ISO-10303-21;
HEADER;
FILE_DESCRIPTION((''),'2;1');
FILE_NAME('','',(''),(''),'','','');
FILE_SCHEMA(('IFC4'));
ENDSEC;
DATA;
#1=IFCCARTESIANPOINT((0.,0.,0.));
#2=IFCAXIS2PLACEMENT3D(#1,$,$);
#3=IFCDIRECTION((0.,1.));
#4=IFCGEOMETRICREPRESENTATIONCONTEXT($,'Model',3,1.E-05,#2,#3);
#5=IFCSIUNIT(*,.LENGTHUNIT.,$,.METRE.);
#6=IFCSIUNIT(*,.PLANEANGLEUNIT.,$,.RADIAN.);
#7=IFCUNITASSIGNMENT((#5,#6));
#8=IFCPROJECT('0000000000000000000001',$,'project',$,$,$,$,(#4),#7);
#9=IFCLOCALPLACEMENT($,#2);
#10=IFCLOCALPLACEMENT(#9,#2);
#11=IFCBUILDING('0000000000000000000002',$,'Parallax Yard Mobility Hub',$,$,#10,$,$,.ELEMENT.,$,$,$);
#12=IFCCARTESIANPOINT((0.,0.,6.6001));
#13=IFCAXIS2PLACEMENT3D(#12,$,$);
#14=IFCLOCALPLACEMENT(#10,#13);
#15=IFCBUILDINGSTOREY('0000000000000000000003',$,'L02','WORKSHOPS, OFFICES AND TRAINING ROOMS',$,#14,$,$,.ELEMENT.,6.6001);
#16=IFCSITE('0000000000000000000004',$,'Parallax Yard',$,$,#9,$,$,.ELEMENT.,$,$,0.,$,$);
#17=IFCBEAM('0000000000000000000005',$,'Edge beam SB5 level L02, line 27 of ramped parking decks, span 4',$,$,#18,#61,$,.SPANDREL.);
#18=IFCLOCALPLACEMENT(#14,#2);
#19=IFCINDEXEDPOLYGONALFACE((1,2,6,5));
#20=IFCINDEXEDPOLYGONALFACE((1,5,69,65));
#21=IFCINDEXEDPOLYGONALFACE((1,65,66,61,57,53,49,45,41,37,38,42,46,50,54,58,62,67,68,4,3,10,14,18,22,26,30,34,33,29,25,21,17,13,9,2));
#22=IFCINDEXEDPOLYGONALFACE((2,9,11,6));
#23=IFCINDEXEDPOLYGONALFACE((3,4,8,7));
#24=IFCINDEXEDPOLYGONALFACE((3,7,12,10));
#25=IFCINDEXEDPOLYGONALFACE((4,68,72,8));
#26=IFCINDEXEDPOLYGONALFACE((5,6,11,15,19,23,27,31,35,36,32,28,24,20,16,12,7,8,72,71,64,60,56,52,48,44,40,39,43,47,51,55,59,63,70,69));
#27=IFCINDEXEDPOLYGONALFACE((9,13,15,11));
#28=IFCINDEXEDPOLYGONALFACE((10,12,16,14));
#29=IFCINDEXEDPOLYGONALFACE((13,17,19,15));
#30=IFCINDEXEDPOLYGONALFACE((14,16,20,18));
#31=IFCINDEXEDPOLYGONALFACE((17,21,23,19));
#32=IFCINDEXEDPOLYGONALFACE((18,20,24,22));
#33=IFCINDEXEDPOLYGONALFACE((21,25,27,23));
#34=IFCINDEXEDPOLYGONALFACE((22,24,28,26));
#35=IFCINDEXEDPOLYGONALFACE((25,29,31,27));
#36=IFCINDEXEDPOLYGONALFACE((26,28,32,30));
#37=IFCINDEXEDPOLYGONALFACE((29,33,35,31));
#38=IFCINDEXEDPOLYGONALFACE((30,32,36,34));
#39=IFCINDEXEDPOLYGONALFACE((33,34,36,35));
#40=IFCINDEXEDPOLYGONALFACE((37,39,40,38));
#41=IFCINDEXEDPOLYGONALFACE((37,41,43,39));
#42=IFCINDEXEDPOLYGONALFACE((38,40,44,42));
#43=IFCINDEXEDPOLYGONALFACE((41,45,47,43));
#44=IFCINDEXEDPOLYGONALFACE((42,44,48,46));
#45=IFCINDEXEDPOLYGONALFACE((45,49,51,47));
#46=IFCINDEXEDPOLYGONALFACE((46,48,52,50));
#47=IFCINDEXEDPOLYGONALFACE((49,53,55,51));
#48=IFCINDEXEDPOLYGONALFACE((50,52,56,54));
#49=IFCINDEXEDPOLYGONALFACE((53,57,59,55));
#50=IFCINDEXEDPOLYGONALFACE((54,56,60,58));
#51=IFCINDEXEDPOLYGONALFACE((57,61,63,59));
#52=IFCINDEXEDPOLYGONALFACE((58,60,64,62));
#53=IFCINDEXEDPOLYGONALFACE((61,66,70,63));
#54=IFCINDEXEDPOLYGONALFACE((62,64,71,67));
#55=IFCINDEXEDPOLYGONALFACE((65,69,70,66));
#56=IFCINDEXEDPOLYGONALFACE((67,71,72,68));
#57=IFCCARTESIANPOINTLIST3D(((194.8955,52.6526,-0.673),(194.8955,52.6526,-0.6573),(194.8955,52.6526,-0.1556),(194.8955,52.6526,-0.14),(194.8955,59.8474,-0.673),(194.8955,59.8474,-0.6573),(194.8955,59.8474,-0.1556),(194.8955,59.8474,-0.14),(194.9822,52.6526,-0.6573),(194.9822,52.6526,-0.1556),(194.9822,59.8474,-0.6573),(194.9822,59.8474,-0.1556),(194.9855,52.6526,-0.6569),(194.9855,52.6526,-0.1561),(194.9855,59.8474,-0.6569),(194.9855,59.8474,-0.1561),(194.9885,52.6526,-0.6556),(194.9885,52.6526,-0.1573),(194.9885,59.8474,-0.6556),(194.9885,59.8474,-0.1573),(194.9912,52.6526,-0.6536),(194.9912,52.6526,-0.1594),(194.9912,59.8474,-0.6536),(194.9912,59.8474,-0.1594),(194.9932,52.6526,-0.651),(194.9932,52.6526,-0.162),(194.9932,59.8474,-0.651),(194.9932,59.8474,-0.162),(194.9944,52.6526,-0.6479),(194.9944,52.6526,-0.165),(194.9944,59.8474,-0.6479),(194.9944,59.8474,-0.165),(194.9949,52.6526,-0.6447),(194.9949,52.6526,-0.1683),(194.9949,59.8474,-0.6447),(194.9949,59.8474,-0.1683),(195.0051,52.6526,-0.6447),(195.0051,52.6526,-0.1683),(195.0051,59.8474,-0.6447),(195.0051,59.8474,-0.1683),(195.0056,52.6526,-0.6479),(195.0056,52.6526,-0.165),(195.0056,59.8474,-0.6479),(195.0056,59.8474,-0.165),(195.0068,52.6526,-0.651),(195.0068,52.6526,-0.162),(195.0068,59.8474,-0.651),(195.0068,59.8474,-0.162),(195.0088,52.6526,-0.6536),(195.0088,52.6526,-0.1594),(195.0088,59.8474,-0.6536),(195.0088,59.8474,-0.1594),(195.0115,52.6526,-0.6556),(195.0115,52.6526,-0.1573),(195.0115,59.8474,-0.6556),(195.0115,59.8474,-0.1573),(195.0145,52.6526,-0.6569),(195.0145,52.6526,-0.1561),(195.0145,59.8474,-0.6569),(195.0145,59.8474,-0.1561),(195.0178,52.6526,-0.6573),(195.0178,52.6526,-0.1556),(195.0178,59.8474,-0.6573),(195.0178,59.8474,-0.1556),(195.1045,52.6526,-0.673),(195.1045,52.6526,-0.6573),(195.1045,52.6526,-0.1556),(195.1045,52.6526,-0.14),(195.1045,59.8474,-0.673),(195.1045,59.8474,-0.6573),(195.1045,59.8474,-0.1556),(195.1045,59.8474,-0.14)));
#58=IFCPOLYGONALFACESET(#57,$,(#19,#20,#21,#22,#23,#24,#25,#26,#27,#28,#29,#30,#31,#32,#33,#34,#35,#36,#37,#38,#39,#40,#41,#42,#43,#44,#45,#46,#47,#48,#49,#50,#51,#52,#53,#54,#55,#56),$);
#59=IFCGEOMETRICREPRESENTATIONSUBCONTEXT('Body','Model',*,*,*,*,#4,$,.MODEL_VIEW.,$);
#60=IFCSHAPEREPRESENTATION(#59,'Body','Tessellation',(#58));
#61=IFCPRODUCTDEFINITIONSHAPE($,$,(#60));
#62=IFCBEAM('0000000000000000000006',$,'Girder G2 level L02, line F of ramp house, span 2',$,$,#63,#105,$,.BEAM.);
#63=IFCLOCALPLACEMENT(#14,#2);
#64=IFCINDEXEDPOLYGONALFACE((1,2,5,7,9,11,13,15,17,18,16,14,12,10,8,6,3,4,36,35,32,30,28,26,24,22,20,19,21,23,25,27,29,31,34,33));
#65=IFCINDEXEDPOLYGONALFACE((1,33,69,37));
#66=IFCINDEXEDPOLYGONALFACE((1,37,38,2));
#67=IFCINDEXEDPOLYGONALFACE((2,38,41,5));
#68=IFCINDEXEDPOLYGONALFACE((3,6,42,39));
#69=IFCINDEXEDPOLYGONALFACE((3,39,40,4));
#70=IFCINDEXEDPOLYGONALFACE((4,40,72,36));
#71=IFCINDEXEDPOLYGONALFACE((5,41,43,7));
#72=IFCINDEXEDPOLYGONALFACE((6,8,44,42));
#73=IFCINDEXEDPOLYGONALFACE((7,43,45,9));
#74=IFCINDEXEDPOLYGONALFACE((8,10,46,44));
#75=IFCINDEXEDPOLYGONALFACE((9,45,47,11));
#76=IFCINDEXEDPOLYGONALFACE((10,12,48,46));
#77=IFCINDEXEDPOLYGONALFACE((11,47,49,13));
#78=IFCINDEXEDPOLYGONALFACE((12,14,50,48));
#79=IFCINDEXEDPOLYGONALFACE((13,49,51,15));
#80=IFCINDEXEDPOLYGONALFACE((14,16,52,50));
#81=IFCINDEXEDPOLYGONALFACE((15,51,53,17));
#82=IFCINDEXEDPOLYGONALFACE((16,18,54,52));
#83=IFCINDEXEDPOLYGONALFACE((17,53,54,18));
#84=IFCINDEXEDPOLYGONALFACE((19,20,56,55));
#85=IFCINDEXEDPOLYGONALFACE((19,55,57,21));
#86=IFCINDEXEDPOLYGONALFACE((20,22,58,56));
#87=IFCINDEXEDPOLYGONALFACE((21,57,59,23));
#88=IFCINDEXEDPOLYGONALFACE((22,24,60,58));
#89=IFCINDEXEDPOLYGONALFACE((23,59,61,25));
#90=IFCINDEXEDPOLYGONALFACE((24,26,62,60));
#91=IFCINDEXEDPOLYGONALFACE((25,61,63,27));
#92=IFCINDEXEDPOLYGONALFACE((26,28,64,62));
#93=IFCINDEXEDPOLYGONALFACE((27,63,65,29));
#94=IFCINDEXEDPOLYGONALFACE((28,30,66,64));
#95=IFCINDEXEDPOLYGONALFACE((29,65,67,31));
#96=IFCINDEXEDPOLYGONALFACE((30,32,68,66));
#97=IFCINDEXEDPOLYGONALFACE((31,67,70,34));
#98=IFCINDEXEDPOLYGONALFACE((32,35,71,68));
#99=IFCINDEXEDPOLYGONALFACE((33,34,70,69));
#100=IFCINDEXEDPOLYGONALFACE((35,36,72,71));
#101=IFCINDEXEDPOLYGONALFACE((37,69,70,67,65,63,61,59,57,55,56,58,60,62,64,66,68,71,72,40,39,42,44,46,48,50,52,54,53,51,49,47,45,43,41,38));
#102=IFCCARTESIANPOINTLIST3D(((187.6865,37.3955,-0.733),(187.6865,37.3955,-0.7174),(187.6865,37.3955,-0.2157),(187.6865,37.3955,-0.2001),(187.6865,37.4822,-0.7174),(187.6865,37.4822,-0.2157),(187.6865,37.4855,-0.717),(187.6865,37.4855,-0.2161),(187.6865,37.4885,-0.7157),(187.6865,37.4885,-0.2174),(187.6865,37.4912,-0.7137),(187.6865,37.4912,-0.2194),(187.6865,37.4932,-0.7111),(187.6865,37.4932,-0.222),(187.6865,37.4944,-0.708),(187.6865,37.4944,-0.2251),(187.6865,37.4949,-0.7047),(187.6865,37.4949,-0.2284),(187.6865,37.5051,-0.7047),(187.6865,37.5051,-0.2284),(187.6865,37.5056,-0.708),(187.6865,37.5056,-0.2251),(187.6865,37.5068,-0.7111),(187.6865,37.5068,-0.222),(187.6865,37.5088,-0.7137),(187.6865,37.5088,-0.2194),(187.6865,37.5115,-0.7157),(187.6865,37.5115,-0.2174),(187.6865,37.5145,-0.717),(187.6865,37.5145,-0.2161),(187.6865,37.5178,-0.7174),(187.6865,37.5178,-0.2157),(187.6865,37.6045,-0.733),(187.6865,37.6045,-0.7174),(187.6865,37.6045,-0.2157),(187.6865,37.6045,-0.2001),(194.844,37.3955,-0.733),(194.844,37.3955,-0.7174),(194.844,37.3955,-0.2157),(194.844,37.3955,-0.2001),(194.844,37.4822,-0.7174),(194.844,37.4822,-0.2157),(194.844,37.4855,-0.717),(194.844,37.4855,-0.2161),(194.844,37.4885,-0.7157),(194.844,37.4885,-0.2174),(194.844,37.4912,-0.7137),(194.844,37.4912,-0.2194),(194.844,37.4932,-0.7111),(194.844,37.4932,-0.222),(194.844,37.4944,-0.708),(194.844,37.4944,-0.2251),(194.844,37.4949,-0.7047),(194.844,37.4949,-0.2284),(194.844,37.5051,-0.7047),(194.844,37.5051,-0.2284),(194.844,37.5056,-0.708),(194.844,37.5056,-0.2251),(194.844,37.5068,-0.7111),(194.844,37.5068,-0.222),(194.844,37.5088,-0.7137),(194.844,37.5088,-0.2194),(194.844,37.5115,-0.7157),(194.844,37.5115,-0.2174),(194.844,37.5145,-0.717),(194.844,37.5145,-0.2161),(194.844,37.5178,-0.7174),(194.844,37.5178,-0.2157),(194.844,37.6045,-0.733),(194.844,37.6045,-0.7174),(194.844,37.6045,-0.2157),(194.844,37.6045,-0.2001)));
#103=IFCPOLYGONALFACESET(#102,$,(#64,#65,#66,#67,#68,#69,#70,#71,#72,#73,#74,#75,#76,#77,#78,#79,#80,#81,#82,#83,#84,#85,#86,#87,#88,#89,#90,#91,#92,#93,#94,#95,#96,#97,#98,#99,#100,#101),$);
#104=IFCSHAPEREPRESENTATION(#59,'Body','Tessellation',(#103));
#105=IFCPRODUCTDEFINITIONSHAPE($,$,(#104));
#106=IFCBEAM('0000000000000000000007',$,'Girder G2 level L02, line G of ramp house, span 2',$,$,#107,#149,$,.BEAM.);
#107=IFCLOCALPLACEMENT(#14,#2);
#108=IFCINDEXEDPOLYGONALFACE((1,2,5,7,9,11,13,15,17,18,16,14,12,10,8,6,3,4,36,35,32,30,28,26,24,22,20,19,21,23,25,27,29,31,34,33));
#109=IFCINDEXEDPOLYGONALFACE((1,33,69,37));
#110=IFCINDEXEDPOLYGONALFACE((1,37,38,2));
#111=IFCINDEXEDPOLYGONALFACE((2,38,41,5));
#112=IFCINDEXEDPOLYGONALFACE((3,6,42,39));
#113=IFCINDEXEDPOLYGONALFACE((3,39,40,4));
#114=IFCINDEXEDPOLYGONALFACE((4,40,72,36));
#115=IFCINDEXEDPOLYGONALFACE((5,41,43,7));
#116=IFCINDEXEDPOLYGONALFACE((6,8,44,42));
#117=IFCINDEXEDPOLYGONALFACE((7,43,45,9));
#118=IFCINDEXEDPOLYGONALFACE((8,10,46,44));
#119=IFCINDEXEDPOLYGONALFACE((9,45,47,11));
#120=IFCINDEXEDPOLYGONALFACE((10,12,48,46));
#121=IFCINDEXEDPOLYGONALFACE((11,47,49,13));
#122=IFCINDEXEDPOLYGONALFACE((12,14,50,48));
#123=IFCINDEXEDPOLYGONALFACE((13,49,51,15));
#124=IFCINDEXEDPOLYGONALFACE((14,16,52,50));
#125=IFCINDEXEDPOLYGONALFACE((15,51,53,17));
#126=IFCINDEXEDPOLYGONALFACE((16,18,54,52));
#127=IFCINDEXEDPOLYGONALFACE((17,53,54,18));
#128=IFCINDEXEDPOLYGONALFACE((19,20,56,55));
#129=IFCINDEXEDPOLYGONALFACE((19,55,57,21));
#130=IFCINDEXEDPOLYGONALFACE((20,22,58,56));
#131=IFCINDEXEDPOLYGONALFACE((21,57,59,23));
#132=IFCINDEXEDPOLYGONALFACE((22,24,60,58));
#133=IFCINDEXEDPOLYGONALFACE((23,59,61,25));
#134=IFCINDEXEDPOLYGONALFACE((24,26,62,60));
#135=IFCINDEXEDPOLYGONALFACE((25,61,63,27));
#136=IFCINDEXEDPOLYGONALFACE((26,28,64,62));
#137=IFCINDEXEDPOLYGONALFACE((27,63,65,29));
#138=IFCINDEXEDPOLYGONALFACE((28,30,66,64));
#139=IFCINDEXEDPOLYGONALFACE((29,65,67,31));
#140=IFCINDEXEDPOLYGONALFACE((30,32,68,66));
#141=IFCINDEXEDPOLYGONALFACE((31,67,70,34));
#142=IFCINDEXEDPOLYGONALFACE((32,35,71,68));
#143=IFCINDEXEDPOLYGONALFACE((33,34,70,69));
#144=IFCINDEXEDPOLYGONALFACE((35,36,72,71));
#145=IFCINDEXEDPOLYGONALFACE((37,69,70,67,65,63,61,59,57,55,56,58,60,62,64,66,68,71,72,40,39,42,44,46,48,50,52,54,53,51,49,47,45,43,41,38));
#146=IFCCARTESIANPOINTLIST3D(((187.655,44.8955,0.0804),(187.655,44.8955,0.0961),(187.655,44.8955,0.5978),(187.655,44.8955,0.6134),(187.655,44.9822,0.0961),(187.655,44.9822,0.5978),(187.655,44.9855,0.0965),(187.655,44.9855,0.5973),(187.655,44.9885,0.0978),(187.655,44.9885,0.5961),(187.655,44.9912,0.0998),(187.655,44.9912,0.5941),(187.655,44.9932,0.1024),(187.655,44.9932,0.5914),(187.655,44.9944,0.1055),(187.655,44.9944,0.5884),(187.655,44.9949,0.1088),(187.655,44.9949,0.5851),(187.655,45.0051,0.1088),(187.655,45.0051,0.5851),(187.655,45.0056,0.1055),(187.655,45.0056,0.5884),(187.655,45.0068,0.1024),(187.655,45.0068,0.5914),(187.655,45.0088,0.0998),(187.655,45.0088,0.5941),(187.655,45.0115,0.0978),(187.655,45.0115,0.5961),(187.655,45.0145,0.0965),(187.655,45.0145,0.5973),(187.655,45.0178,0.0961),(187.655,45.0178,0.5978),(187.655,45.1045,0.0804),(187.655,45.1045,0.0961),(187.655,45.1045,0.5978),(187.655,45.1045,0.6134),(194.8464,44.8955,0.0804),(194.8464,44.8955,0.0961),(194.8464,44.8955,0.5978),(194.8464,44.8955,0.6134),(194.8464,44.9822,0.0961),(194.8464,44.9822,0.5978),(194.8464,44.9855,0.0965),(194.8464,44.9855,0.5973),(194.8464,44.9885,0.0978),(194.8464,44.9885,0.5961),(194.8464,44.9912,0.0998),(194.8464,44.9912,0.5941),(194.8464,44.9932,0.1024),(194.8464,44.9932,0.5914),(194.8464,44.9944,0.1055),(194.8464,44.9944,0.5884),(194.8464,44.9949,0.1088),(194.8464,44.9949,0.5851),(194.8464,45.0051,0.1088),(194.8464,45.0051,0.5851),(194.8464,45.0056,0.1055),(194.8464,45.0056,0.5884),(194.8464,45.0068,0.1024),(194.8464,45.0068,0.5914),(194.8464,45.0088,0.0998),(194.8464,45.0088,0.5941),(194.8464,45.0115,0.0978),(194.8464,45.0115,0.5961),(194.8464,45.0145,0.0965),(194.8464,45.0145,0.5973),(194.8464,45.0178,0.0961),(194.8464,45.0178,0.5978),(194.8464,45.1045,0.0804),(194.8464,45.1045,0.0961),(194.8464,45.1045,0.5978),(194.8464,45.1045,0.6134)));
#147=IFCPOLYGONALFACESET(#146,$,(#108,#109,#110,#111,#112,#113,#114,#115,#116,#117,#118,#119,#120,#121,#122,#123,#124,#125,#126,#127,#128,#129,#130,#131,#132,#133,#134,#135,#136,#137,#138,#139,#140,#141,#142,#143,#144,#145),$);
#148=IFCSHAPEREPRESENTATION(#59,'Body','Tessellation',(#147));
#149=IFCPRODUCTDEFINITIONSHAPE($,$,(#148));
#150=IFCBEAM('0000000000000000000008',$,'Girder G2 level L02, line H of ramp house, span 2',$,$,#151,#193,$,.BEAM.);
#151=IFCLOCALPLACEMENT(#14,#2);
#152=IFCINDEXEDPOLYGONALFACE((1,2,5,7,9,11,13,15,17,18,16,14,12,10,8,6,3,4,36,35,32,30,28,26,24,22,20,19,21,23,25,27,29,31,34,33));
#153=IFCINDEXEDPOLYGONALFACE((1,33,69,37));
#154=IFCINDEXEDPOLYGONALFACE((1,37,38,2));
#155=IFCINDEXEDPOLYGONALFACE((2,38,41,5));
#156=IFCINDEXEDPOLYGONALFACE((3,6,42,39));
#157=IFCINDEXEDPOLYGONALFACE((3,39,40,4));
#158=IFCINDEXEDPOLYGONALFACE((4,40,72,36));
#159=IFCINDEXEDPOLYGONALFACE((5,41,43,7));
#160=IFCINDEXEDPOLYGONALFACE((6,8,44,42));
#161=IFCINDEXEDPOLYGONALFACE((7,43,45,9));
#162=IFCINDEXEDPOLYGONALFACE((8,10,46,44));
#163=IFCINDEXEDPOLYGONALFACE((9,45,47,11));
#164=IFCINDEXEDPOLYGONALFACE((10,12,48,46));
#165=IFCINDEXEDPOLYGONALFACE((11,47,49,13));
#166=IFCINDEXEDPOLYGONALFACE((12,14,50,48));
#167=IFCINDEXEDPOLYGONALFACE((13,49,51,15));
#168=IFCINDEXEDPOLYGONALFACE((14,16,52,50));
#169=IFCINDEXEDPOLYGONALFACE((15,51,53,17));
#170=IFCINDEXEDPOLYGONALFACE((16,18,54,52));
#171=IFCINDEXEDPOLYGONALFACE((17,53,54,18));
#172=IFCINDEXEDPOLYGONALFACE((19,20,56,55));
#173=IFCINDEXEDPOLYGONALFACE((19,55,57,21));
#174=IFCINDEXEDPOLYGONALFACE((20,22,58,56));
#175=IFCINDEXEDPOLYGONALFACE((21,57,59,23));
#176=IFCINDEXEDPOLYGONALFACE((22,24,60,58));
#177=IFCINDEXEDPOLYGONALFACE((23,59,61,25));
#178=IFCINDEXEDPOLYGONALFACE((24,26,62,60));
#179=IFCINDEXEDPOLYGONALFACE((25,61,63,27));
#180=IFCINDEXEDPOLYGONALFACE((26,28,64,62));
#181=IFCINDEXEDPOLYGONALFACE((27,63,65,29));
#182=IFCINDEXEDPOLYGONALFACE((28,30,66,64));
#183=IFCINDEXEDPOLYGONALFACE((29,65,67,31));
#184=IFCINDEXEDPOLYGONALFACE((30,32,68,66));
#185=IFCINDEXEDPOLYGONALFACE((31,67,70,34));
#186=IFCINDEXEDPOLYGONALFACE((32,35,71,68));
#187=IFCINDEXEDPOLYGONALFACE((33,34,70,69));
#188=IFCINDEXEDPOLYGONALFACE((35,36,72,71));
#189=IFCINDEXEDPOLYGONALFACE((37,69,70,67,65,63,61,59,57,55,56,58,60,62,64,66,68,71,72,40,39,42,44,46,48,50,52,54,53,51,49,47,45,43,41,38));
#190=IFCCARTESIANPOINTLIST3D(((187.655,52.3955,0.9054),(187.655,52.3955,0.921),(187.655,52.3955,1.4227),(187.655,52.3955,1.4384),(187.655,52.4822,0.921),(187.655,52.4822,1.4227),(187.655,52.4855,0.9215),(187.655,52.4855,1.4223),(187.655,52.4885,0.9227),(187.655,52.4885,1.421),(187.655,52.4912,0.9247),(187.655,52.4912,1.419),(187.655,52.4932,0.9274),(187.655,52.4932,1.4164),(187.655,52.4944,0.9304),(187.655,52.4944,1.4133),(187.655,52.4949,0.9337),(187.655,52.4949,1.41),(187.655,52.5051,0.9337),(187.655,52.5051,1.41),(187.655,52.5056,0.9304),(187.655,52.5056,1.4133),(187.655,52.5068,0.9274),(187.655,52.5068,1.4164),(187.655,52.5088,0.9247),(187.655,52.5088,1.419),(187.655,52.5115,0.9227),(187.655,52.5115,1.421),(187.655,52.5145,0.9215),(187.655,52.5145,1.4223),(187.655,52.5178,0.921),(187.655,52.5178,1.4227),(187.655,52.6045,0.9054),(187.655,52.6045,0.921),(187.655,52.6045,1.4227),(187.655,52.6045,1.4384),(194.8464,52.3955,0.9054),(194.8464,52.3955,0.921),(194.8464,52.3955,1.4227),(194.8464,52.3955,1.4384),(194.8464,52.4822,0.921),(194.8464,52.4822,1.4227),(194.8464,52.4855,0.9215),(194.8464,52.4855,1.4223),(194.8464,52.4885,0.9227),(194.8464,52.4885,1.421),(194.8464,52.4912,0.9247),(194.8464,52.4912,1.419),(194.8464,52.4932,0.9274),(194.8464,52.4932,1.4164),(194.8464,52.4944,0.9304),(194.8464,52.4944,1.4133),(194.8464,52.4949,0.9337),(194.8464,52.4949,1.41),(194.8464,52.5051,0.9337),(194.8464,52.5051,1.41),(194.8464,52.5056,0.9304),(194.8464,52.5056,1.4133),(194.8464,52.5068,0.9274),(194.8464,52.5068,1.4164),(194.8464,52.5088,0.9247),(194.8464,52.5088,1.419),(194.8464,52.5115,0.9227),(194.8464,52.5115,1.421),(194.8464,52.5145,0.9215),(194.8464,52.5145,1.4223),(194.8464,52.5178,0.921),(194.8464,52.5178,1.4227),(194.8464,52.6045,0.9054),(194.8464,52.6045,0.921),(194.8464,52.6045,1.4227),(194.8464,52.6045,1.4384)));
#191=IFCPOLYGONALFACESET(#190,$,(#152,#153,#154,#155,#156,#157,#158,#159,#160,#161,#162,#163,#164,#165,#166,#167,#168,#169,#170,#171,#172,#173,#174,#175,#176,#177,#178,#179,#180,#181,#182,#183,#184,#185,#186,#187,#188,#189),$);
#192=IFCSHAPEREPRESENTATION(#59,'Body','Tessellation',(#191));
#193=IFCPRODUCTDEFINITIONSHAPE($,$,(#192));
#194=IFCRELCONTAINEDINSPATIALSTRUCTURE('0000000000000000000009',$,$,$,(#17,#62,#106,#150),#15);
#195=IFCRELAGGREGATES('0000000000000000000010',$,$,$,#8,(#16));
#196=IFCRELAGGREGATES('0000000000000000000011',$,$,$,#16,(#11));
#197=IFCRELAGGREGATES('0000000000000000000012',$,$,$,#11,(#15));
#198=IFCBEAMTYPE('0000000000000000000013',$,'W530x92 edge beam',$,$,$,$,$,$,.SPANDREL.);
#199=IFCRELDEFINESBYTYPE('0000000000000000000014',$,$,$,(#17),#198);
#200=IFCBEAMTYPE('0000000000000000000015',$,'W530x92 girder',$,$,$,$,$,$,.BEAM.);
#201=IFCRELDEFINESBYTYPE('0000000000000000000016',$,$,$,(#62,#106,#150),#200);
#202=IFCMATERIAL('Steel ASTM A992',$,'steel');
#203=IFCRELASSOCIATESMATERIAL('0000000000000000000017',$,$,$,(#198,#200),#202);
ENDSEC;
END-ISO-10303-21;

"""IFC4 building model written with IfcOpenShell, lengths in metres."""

from ifc_helpers import new_model, si_unit, direction, frame, origin, origin_2d, place, context, subcontext, project, spatial, i_section, extrude, material, material_profile, profile_set, type_object, element, save


model = new_model("IFC4")

# Units and contexts
model_context = context("Model", 3, precision=1e-05, world=origin(), true_north=direction((0.0, 1.0)))
body_context = subcontext(model_context, "Body", "Model", "MODEL_VIEW")
ifc_project = project(units=[si_unit("LENGTHUNIT", "METRE"), si_unit("PLANEANGLEUNIT", "RADIAN")], contexts=[model_context])

# Site, building, storey
site_placement = place(None, origin())
site = spatial("IfcSite", under=ifc_project, at=site_placement, Name="Parallax Yard", CompositionType="ELEMENT", RefElevation=0.0)
building_placement = place(site_placement, origin())
building = spatial("IfcBuilding", under=site, at=building_placement, Name="Parallax Yard Mobility Hub", CompositionType="ELEMENT")
storey_placement = place(building_placement, frame((0.0, 0.0, 6.6001)))
storey = spatial("IfcBuildingStorey", under=building, at=storey_placement, Name="L02", Description="WORKSHOPS, OFFICES AND TRAINING ROOMS", CompositionType="ELEMENT", Elevation=6.6001)

# Shared definitions
ifc_material_1 = material(Name="Steel ASTM A992", Category="steel")

# Beams
ifc_material_profile_1 = material_profile(ifc_material_1, i_section(OverallWidth=0.209, OverallDepth=0.533, WebThickness=0.0103, FlangeThickness=0.0156, FilletRadius=0.0127, at=origin_2d()), Name="W530x92")
ifc_profile_set_1 = profile_set([ifc_material_profile_1], Name="Steel ASTM A992")
beam_type_1 = type_object("IfcBeamType", Name="W530x92 edge beam", PredefinedType="SPANDREL", material=ifc_profile_set_1)
for number, where, z_axis, x_axis, name in (
    (1, (195.0, 52.6526, -0.4065), (0.0, 1.0, 0.0), (-1.0, 0.0, 0.0), "Edge beam SB5 level L02, line 27 of ramped parking decks, span 4"),
):
    element("IfcBeam", number, at=place(storey_placement, frame(where, z_axis=z_axis, x_axis=x_axis)), inside=storey, type_object=beam_type_1, Name=name, PredefinedType="SPANDREL", context=body_context, shape_type="SweptSolid", body=[
        extrude(i_section(OverallWidth=0.209, OverallDepth=0.533, WebThickness=0.0103, FlangeThickness=0.0156, FilletRadius=0.0127, at=origin_2d()), origin(), (0.0, 0.0, 1.0), 7.1948),
    ])
ifc_material_profile_2 = material_profile(ifc_material_1, i_section(OverallWidth=0.209, OverallDepth=0.533, WebThickness=0.0103, FlangeThickness=0.0156, FilletRadius=0.0127, at=origin_2d()), Name="W530x92")
ifc_profile_set_2 = profile_set([ifc_material_profile_2], Name="Steel ASTM A992")
beam_type_2 = type_object("IfcBeamType", Name="W530x92 girder", PredefinedType="BEAM", material=ifc_profile_set_2)
beam_placement = place(storey_placement, frame((187.6865, 37.5, -0.4666), z_axis=(1.0, 0.0, 0.0), x_axis=(0.0, 1.0, 0.0)))
element("IfcBeam", 2, at=beam_placement, inside=storey, type_object=beam_type_2, Name="Girder G2 level L02, line F of ramp house, span 2", PredefinedType="BEAM", context=body_context, shape_type="SweptSolid", body=[
    extrude(i_section(OverallWidth=0.209, OverallDepth=0.533, WebThickness=0.0103, FlangeThickness=0.0156, FilletRadius=0.0127, at=origin_2d()), origin(), (0.0, 0.0, 1.0), 7.1575),
])
for number, where, z_axis, x_axis, name in (
    (3, (187.655, 45.0, 0.3469), (1.0, 0.0, 0.0), (0.0, 1.0, 0.0), "Girder G2 level L02, line G of ramp house, span 2"),
    (4, (187.655, 52.5, 1.1719), (1.0, 0.0, 0.0), (0.0, 1.0, 0.0), "Girder G2 level L02, line H of ramp house, span 2"),
):
    element("IfcBeam", number, at=place(storey_placement, frame(where, z_axis=z_axis, x_axis=x_axis)), inside=storey, type_object=beam_type_2, Name=name, PredefinedType="BEAM", context=body_context, shape_type="SweptSolid", body=[
        extrude(i_section(OverallWidth=0.209, OverallDepth=0.533, WebThickness=0.0103, FlangeThickness=0.0156, FilletRadius=0.0127, at=origin_2d()), origin(), (0.0, 0.0, 1.0), 7.1914),
    ])

save(model, "model.ifc")
